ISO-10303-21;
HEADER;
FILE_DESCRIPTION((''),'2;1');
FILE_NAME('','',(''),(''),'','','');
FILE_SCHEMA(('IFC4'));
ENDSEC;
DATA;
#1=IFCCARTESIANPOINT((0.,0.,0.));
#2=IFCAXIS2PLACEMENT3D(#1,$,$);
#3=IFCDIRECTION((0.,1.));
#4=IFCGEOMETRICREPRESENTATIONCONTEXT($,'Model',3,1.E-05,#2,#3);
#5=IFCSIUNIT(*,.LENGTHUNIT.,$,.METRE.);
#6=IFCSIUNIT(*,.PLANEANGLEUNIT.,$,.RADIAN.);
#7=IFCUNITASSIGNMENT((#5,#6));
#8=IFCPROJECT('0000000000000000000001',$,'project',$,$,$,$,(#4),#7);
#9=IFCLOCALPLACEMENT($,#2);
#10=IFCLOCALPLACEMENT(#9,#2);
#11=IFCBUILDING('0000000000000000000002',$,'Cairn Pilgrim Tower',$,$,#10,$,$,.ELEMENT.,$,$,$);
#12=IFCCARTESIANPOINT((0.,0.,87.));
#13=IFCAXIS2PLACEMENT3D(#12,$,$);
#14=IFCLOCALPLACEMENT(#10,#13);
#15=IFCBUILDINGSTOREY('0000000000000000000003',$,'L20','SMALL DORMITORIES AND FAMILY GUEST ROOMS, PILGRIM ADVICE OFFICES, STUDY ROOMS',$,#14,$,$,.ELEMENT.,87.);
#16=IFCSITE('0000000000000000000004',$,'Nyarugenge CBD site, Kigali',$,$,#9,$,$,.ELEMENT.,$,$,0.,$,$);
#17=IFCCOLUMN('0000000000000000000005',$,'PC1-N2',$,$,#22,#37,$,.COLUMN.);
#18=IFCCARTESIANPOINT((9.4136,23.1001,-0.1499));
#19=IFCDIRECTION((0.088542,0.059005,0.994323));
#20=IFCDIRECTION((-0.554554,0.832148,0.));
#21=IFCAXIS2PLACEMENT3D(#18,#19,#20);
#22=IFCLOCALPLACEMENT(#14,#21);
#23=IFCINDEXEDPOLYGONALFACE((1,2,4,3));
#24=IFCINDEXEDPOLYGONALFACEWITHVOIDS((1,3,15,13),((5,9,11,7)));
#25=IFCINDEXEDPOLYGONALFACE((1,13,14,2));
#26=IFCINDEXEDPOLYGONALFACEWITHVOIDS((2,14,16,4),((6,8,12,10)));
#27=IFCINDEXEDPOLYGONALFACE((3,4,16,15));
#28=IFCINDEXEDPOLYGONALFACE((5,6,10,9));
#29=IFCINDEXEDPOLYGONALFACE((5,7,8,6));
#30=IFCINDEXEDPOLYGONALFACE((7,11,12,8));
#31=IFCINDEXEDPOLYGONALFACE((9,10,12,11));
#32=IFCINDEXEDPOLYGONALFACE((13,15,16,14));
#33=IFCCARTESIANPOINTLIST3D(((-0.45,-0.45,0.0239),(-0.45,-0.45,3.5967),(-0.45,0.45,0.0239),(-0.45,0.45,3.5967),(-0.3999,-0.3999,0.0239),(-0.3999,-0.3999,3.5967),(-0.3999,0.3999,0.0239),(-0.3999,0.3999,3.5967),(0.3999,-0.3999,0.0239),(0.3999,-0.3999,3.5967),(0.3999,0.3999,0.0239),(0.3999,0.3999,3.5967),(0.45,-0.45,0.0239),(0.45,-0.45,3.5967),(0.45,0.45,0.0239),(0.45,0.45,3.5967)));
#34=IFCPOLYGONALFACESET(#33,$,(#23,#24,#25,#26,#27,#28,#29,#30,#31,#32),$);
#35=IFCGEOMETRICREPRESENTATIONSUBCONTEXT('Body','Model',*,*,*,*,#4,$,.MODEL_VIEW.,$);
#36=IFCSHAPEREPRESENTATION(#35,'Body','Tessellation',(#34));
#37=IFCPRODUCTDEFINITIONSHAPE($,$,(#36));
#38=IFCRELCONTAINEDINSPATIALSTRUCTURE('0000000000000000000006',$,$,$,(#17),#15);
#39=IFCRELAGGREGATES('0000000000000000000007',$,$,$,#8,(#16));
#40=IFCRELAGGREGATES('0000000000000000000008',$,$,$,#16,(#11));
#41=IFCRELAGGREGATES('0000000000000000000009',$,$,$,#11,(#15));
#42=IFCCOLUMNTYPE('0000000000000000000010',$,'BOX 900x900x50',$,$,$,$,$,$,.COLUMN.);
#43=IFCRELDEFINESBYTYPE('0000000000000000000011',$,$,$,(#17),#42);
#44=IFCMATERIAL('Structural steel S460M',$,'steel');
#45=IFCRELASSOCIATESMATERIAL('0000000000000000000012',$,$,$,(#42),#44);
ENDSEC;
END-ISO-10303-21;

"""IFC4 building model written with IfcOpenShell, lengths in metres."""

from ifc_helpers import new_model, si_unit, direction, frame, origin, origin_2d, place, context, subcontext, project, spatial, hollow_rectangle, extrude, clip, halfspace, material, material_profile, profile_set, type_object, element, save


model = new_model("IFC4")

# Units and contexts
model_context = context("Model", 3, precision=1e-05, world=origin(), true_north=direction((0.0, 1.0)))
body_context = subcontext(model_context, "Body", "Model", "MODEL_VIEW")
ifc_project = project(units=[si_unit("LENGTHUNIT", "METRE"), si_unit("PLANEANGLEUNIT", "RADIAN")], contexts=[model_context])

# Site, building, storey
site_placement = place(None, origin())
site = spatial("IfcSite", under=ifc_project, at=site_placement, Name="Nyarugenge CBD site, Kigali", CompositionType="ELEMENT", RefElevation=0.0)
building_placement = place(site_placement, origin())
building = spatial("IfcBuilding", under=site, at=building_placement, Name="Cairn Pilgrim Tower", CompositionType="ELEMENT")
storey_placement = place(building_placement, frame((0.0, 0.0, 87.0)))
storey = spatial("IfcBuildingStorey", under=building, at=storey_placement, Name="L20", Description="SMALL DORMITORIES AND FAMILY GUEST ROOMS, PILGRIM ADVICE OFFICES, STUDY ROOMS", CompositionType="ELEMENT", Elevation=87.0)

# Column
ifc_material_1 = material(Name="Structural steel S460M", Category="steel")
ifc_material_profile_1 = material_profile(ifc_material_1, hollow_rectangle(XDim=0.8999, YDim=0.8999, WallThickness=0.05, at=origin_2d()), Name="BOX 900x900x50")
ifc_profile_set_1 = profile_set([ifc_material_profile_1], Name="Structural steel S460M")
column_type_1 = type_object("IfcColumnType", Name="BOX 900x900x50", PredefinedType="COLUMN", material=ifc_profile_set_1)
column_1_placement = place(storey_placement, frame((9.4136, 23.1001, -0.1499), z_axis=(0.088542, 0.059005, 0.994323), x_axis=(-0.554554, 0.832148, 0.0)))
element("IfcColumn", 1, at=column_1_placement, inside=storey, type_object=column_type_1, Name="PC1-N2", PredefinedType="COLUMN", context=body_context, shape_type="Clipping", body=[
    clip(clip(extrude(hollow_rectangle(XDim=0.8999, YDim=0.8999, WallThickness=0.05, at=origin_2d()), origin(), (0.0, 0.0, 1.0), 3.6204), halfspace(frame((0.0, 0.0, 0.0239), z_axis=(0.0, 0.0, 1.0), x_axis=(1.0, 0.0, 0.0)), True)), halfspace(frame((0.0, 0.0, 3.5967), z_axis=(0.0, 0.0, 1.0), x_axis=(1.0, 0.0, 0.0)), False)),
])

save(model, "model.ifc")
